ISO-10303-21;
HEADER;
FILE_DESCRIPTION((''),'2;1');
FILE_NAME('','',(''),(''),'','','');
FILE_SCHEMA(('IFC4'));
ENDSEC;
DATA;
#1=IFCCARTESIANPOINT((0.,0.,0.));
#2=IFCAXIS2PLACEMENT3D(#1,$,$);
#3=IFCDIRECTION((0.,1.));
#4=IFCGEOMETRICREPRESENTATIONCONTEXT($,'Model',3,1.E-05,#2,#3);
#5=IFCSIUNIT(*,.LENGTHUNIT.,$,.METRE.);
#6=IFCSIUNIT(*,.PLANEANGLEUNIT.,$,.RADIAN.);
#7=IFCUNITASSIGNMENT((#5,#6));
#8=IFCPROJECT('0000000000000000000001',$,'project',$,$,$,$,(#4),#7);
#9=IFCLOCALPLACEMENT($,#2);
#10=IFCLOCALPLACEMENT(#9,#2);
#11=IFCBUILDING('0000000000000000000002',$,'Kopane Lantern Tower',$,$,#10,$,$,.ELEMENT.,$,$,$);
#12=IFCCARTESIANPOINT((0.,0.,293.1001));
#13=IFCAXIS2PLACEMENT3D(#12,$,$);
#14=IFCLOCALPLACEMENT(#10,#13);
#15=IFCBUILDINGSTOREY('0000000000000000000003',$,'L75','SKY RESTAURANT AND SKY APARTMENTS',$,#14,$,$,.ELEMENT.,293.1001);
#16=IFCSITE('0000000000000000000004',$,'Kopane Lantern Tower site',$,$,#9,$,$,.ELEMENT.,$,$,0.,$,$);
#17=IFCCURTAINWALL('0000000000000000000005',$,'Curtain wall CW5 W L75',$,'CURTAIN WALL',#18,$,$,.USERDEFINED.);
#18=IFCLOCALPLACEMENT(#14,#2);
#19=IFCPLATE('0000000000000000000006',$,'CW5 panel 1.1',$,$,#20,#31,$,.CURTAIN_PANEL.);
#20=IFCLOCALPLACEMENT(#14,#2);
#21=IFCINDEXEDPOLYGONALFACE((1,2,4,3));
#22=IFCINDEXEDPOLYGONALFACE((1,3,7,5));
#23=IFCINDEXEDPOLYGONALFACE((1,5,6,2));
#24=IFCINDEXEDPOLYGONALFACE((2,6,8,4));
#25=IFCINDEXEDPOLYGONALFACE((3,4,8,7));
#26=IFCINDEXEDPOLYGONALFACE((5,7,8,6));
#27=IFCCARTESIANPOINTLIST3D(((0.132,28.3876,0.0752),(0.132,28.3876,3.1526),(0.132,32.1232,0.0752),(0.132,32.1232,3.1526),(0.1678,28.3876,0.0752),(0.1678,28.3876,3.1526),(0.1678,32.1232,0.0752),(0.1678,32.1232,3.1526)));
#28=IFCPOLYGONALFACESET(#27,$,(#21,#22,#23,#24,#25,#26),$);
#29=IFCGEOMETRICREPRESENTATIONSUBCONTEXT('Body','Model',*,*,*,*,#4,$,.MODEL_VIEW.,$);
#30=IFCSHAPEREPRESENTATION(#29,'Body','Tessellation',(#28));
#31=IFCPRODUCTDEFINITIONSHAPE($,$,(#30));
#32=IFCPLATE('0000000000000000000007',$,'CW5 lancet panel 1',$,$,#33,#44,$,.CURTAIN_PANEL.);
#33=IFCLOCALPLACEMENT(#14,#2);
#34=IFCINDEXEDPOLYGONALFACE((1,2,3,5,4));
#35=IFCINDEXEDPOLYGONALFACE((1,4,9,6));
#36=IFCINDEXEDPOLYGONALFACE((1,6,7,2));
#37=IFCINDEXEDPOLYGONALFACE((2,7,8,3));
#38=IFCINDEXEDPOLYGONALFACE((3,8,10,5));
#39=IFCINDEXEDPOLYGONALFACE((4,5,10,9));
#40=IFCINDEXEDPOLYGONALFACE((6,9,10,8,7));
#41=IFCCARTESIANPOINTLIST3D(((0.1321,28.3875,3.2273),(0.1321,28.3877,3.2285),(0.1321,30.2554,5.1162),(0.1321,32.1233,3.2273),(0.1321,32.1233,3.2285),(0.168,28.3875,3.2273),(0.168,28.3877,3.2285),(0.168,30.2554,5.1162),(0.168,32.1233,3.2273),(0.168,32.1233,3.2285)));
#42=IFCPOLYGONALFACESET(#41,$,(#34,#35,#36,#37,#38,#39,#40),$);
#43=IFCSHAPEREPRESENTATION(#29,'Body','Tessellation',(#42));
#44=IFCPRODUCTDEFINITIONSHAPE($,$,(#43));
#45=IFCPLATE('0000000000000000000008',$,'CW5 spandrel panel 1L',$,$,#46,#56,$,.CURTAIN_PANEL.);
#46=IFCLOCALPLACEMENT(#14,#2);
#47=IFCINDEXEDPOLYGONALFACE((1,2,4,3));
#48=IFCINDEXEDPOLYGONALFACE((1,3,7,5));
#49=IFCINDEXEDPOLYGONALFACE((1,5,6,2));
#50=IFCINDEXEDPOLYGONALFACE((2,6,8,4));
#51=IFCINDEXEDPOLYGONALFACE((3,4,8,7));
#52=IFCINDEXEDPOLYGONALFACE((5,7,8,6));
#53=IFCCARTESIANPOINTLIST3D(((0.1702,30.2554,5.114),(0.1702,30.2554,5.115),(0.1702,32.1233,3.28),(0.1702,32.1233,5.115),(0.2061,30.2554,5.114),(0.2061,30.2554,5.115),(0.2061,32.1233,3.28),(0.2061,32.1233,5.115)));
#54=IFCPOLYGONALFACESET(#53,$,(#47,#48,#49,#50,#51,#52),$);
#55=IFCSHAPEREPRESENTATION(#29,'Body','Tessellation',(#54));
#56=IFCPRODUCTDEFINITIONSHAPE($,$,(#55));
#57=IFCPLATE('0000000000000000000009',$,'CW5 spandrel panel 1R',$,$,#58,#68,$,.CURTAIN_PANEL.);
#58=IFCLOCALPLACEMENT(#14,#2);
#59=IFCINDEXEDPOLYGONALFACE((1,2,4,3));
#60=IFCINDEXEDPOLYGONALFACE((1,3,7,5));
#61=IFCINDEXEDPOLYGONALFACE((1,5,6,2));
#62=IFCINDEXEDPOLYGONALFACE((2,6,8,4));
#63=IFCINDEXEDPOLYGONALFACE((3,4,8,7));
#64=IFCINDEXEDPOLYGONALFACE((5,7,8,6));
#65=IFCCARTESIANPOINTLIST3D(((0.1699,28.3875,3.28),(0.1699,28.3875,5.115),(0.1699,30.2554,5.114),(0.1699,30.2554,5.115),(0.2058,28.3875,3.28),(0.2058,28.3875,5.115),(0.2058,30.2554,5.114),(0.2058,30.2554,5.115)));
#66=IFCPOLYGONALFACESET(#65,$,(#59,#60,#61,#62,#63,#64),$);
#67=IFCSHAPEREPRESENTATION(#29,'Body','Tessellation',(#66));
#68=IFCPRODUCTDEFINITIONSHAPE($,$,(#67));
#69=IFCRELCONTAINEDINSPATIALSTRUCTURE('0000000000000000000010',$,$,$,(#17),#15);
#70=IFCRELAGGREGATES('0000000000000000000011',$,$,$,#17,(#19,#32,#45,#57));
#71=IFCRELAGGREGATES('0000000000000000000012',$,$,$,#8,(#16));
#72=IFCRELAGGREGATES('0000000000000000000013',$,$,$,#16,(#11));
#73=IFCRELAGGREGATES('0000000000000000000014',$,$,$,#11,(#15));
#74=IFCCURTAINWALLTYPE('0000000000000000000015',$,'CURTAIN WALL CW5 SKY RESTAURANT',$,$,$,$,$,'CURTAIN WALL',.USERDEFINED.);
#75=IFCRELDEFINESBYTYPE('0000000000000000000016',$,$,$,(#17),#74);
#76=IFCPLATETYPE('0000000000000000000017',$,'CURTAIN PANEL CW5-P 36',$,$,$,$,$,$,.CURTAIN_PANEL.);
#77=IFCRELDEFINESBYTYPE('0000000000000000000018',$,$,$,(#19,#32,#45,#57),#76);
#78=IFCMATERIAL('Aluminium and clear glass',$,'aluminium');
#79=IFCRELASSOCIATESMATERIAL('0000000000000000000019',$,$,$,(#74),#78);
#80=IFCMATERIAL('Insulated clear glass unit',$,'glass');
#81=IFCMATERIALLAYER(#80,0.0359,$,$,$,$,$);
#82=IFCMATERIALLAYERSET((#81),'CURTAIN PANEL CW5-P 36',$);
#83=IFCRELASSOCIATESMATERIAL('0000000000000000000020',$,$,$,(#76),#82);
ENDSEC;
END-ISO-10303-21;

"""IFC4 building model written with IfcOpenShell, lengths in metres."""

from ifc_helpers import new_model, si_unit, direction, frame, origin, origin_2d, place, context, subcontext, project, spatial, polyline, rectangle, outline, extrude, material, layer, layer_set, type_object, element, aggregate, save


model = new_model("IFC4")

# Units and contexts
model_context = context("Model", 3, precision=1e-05, world=origin(), true_north=direction((0.0, 1.0)))
body_context = subcontext(model_context, "Body", "Model", "MODEL_VIEW")
ifc_project = project(units=[si_unit("LENGTHUNIT", "METRE"), si_unit("PLANEANGLEUNIT", "RADIAN")], contexts=[model_context])

# Site, building, storey
site_placement = place(None, origin())
site = spatial("IfcSite", under=ifc_project, at=site_placement, Name="Kopane Lantern Tower site", CompositionType="ELEMENT", RefElevation=0.0)
building_placement = place(site_placement, origin())
building = spatial("IfcBuilding", under=site, at=building_placement, Name="Kopane Lantern Tower", CompositionType="ELEMENT")
storey_placement = place(building_placement, frame((0.0, 0.0, 293.1001)))
storey = spatial("IfcBuildingStorey", under=building, at=storey_placement, Name="L75", Description="SKY RESTAURANT AND SKY APARTMENTS", CompositionType="ELEMENT", Elevation=293.1001)

# Curtain wall
ifc_material_1 = material(Name="Aluminium and clear glass", Category="aluminium")
curtain_wall_type = type_object("IfcCurtainWallType", Name="CURTAIN WALL CW5 SKY RESTAURANT", ElementType="CURTAIN WALL", PredefinedType="USERDEFINED", material=ifc_material_1)
curtain_wall_1_placement = place(storey_placement, origin())
curtain_wall_1 = element("IfcCurtainWall", 1, at=curtain_wall_1_placement, inside=storey, type_object=curtain_wall_type, Name="Curtain wall CW5 W L75", ObjectType="CURTAIN WALL", PredefinedType="USERDEFINED")

# Plates
ifc_material_2 = material(Name="Insulated clear glass unit", Category="glass")
ifc_layer_1 = layer(ifc_material_2, 0.0359)
ifc_layer_set_1 = layer_set([ifc_layer_1], Name="CURTAIN PANEL CW5-P 36")
plate_type = type_object("IfcPlateType", Name="CURTAIN PANEL CW5-P 36", PredefinedType="CURTAIN_PANEL", material=ifc_layer_set_1)
plate_1_placement = place(storey_placement, frame((0.1499, 30.2554, 0.0752), z_axis=(0.0, 0.0, 1.0), x_axis=(0.0, -1.0, 0.0)))
plate_1 = element("IfcPlate", 2, at=plate_1_placement, type_object=plate_type, Name="CW5 panel 1.1", PredefinedType="CURTAIN_PANEL", context=body_context, shape_type="SweptSolid", body=[
    extrude(rectangle(XDim=3.7356, YDim=0.0359, at=origin_2d()), origin(), (0.0, 0.0, 1.0), 3.0774),
])
plate_2_placement = place(storey_placement, frame((0.1499, 32.1233, 3.2273), z_axis=(0.0, 0.0, 1.0), x_axis=(0.0, -1.0, 0.0)))
plate_2 = element("IfcPlate", 3, at=plate_2_placement, type_object=plate_type, Name="CW5 lancet panel 1", PredefinedType="CURTAIN_PANEL", context=body_context, shape_type="SweptSolid", body=[
    extrude(outline(polyline([(0.0, 0.0), (3.7358, 0.0), (3.7356, 0.0012), (1.8679, 1.8889), (0.0, 0.0012), (0.0, 0.0)])), frame((0.0, 0.0181, 0.0), z_axis=(0.0, -1.0, 0.0), x_axis=(1.0, 0.0, 0.0)), (0.0, 0.0, 1.0), 0.0359),
])
plate_3_placement = place(storey_placement, frame((0.188, 32.1233, 5.115), z_axis=(0.0, 0.0, 1.0), x_axis=(0.0, -1.0, 0.0)))
plate_3 = element("IfcPlate", 4, at=plate_3_placement, type_object=plate_type, Name="CW5 spandrel panel 1L", PredefinedType="CURTAIN_PANEL", context=body_context, shape_type="SweptSolid", body=[
    extrude(outline(polyline([(0.0, 0.0), (1.8679, 0.0), (1.8679, -0.001), (0.0, -1.835), (0.0, 0.0)])), frame((0.0, 0.0181, 0.0), z_axis=(0.0, -1.0, 0.0), x_axis=(1.0, 0.0, 0.0)), (0.0, 0.0, 1.0), 0.0359),
])
plate_4_placement = place(storey_placement, frame((0.188, 28.3875, 5.115), z_axis=(0.0, 0.0, 1.0), x_axis=(0.0, 1.0, 0.0)))
plate_4 = element("IfcPlate", 5, at=plate_4_placement, type_object=plate_type, Name="CW5 spandrel panel 1R", PredefinedType="CURTAIN_PANEL", context=body_context, shape_type="SweptSolid", body=[
    extrude(outline(polyline([(0.0, 0.0), (1.8679, 0.0), (1.8679, -0.001), (0.0, -1.835), (0.0, 0.0)])), frame((0.0, 0.0181, 0.0), z_axis=(0.0, -1.0, 0.0), x_axis=(1.0, 0.0, 0.0)), (0.0, 0.0, 1.0), 0.0359),
])
aggregate(curtain_wall_1, [plate_1, plate_2, plate_3, plate_4])

save(model, "model.ifc")
